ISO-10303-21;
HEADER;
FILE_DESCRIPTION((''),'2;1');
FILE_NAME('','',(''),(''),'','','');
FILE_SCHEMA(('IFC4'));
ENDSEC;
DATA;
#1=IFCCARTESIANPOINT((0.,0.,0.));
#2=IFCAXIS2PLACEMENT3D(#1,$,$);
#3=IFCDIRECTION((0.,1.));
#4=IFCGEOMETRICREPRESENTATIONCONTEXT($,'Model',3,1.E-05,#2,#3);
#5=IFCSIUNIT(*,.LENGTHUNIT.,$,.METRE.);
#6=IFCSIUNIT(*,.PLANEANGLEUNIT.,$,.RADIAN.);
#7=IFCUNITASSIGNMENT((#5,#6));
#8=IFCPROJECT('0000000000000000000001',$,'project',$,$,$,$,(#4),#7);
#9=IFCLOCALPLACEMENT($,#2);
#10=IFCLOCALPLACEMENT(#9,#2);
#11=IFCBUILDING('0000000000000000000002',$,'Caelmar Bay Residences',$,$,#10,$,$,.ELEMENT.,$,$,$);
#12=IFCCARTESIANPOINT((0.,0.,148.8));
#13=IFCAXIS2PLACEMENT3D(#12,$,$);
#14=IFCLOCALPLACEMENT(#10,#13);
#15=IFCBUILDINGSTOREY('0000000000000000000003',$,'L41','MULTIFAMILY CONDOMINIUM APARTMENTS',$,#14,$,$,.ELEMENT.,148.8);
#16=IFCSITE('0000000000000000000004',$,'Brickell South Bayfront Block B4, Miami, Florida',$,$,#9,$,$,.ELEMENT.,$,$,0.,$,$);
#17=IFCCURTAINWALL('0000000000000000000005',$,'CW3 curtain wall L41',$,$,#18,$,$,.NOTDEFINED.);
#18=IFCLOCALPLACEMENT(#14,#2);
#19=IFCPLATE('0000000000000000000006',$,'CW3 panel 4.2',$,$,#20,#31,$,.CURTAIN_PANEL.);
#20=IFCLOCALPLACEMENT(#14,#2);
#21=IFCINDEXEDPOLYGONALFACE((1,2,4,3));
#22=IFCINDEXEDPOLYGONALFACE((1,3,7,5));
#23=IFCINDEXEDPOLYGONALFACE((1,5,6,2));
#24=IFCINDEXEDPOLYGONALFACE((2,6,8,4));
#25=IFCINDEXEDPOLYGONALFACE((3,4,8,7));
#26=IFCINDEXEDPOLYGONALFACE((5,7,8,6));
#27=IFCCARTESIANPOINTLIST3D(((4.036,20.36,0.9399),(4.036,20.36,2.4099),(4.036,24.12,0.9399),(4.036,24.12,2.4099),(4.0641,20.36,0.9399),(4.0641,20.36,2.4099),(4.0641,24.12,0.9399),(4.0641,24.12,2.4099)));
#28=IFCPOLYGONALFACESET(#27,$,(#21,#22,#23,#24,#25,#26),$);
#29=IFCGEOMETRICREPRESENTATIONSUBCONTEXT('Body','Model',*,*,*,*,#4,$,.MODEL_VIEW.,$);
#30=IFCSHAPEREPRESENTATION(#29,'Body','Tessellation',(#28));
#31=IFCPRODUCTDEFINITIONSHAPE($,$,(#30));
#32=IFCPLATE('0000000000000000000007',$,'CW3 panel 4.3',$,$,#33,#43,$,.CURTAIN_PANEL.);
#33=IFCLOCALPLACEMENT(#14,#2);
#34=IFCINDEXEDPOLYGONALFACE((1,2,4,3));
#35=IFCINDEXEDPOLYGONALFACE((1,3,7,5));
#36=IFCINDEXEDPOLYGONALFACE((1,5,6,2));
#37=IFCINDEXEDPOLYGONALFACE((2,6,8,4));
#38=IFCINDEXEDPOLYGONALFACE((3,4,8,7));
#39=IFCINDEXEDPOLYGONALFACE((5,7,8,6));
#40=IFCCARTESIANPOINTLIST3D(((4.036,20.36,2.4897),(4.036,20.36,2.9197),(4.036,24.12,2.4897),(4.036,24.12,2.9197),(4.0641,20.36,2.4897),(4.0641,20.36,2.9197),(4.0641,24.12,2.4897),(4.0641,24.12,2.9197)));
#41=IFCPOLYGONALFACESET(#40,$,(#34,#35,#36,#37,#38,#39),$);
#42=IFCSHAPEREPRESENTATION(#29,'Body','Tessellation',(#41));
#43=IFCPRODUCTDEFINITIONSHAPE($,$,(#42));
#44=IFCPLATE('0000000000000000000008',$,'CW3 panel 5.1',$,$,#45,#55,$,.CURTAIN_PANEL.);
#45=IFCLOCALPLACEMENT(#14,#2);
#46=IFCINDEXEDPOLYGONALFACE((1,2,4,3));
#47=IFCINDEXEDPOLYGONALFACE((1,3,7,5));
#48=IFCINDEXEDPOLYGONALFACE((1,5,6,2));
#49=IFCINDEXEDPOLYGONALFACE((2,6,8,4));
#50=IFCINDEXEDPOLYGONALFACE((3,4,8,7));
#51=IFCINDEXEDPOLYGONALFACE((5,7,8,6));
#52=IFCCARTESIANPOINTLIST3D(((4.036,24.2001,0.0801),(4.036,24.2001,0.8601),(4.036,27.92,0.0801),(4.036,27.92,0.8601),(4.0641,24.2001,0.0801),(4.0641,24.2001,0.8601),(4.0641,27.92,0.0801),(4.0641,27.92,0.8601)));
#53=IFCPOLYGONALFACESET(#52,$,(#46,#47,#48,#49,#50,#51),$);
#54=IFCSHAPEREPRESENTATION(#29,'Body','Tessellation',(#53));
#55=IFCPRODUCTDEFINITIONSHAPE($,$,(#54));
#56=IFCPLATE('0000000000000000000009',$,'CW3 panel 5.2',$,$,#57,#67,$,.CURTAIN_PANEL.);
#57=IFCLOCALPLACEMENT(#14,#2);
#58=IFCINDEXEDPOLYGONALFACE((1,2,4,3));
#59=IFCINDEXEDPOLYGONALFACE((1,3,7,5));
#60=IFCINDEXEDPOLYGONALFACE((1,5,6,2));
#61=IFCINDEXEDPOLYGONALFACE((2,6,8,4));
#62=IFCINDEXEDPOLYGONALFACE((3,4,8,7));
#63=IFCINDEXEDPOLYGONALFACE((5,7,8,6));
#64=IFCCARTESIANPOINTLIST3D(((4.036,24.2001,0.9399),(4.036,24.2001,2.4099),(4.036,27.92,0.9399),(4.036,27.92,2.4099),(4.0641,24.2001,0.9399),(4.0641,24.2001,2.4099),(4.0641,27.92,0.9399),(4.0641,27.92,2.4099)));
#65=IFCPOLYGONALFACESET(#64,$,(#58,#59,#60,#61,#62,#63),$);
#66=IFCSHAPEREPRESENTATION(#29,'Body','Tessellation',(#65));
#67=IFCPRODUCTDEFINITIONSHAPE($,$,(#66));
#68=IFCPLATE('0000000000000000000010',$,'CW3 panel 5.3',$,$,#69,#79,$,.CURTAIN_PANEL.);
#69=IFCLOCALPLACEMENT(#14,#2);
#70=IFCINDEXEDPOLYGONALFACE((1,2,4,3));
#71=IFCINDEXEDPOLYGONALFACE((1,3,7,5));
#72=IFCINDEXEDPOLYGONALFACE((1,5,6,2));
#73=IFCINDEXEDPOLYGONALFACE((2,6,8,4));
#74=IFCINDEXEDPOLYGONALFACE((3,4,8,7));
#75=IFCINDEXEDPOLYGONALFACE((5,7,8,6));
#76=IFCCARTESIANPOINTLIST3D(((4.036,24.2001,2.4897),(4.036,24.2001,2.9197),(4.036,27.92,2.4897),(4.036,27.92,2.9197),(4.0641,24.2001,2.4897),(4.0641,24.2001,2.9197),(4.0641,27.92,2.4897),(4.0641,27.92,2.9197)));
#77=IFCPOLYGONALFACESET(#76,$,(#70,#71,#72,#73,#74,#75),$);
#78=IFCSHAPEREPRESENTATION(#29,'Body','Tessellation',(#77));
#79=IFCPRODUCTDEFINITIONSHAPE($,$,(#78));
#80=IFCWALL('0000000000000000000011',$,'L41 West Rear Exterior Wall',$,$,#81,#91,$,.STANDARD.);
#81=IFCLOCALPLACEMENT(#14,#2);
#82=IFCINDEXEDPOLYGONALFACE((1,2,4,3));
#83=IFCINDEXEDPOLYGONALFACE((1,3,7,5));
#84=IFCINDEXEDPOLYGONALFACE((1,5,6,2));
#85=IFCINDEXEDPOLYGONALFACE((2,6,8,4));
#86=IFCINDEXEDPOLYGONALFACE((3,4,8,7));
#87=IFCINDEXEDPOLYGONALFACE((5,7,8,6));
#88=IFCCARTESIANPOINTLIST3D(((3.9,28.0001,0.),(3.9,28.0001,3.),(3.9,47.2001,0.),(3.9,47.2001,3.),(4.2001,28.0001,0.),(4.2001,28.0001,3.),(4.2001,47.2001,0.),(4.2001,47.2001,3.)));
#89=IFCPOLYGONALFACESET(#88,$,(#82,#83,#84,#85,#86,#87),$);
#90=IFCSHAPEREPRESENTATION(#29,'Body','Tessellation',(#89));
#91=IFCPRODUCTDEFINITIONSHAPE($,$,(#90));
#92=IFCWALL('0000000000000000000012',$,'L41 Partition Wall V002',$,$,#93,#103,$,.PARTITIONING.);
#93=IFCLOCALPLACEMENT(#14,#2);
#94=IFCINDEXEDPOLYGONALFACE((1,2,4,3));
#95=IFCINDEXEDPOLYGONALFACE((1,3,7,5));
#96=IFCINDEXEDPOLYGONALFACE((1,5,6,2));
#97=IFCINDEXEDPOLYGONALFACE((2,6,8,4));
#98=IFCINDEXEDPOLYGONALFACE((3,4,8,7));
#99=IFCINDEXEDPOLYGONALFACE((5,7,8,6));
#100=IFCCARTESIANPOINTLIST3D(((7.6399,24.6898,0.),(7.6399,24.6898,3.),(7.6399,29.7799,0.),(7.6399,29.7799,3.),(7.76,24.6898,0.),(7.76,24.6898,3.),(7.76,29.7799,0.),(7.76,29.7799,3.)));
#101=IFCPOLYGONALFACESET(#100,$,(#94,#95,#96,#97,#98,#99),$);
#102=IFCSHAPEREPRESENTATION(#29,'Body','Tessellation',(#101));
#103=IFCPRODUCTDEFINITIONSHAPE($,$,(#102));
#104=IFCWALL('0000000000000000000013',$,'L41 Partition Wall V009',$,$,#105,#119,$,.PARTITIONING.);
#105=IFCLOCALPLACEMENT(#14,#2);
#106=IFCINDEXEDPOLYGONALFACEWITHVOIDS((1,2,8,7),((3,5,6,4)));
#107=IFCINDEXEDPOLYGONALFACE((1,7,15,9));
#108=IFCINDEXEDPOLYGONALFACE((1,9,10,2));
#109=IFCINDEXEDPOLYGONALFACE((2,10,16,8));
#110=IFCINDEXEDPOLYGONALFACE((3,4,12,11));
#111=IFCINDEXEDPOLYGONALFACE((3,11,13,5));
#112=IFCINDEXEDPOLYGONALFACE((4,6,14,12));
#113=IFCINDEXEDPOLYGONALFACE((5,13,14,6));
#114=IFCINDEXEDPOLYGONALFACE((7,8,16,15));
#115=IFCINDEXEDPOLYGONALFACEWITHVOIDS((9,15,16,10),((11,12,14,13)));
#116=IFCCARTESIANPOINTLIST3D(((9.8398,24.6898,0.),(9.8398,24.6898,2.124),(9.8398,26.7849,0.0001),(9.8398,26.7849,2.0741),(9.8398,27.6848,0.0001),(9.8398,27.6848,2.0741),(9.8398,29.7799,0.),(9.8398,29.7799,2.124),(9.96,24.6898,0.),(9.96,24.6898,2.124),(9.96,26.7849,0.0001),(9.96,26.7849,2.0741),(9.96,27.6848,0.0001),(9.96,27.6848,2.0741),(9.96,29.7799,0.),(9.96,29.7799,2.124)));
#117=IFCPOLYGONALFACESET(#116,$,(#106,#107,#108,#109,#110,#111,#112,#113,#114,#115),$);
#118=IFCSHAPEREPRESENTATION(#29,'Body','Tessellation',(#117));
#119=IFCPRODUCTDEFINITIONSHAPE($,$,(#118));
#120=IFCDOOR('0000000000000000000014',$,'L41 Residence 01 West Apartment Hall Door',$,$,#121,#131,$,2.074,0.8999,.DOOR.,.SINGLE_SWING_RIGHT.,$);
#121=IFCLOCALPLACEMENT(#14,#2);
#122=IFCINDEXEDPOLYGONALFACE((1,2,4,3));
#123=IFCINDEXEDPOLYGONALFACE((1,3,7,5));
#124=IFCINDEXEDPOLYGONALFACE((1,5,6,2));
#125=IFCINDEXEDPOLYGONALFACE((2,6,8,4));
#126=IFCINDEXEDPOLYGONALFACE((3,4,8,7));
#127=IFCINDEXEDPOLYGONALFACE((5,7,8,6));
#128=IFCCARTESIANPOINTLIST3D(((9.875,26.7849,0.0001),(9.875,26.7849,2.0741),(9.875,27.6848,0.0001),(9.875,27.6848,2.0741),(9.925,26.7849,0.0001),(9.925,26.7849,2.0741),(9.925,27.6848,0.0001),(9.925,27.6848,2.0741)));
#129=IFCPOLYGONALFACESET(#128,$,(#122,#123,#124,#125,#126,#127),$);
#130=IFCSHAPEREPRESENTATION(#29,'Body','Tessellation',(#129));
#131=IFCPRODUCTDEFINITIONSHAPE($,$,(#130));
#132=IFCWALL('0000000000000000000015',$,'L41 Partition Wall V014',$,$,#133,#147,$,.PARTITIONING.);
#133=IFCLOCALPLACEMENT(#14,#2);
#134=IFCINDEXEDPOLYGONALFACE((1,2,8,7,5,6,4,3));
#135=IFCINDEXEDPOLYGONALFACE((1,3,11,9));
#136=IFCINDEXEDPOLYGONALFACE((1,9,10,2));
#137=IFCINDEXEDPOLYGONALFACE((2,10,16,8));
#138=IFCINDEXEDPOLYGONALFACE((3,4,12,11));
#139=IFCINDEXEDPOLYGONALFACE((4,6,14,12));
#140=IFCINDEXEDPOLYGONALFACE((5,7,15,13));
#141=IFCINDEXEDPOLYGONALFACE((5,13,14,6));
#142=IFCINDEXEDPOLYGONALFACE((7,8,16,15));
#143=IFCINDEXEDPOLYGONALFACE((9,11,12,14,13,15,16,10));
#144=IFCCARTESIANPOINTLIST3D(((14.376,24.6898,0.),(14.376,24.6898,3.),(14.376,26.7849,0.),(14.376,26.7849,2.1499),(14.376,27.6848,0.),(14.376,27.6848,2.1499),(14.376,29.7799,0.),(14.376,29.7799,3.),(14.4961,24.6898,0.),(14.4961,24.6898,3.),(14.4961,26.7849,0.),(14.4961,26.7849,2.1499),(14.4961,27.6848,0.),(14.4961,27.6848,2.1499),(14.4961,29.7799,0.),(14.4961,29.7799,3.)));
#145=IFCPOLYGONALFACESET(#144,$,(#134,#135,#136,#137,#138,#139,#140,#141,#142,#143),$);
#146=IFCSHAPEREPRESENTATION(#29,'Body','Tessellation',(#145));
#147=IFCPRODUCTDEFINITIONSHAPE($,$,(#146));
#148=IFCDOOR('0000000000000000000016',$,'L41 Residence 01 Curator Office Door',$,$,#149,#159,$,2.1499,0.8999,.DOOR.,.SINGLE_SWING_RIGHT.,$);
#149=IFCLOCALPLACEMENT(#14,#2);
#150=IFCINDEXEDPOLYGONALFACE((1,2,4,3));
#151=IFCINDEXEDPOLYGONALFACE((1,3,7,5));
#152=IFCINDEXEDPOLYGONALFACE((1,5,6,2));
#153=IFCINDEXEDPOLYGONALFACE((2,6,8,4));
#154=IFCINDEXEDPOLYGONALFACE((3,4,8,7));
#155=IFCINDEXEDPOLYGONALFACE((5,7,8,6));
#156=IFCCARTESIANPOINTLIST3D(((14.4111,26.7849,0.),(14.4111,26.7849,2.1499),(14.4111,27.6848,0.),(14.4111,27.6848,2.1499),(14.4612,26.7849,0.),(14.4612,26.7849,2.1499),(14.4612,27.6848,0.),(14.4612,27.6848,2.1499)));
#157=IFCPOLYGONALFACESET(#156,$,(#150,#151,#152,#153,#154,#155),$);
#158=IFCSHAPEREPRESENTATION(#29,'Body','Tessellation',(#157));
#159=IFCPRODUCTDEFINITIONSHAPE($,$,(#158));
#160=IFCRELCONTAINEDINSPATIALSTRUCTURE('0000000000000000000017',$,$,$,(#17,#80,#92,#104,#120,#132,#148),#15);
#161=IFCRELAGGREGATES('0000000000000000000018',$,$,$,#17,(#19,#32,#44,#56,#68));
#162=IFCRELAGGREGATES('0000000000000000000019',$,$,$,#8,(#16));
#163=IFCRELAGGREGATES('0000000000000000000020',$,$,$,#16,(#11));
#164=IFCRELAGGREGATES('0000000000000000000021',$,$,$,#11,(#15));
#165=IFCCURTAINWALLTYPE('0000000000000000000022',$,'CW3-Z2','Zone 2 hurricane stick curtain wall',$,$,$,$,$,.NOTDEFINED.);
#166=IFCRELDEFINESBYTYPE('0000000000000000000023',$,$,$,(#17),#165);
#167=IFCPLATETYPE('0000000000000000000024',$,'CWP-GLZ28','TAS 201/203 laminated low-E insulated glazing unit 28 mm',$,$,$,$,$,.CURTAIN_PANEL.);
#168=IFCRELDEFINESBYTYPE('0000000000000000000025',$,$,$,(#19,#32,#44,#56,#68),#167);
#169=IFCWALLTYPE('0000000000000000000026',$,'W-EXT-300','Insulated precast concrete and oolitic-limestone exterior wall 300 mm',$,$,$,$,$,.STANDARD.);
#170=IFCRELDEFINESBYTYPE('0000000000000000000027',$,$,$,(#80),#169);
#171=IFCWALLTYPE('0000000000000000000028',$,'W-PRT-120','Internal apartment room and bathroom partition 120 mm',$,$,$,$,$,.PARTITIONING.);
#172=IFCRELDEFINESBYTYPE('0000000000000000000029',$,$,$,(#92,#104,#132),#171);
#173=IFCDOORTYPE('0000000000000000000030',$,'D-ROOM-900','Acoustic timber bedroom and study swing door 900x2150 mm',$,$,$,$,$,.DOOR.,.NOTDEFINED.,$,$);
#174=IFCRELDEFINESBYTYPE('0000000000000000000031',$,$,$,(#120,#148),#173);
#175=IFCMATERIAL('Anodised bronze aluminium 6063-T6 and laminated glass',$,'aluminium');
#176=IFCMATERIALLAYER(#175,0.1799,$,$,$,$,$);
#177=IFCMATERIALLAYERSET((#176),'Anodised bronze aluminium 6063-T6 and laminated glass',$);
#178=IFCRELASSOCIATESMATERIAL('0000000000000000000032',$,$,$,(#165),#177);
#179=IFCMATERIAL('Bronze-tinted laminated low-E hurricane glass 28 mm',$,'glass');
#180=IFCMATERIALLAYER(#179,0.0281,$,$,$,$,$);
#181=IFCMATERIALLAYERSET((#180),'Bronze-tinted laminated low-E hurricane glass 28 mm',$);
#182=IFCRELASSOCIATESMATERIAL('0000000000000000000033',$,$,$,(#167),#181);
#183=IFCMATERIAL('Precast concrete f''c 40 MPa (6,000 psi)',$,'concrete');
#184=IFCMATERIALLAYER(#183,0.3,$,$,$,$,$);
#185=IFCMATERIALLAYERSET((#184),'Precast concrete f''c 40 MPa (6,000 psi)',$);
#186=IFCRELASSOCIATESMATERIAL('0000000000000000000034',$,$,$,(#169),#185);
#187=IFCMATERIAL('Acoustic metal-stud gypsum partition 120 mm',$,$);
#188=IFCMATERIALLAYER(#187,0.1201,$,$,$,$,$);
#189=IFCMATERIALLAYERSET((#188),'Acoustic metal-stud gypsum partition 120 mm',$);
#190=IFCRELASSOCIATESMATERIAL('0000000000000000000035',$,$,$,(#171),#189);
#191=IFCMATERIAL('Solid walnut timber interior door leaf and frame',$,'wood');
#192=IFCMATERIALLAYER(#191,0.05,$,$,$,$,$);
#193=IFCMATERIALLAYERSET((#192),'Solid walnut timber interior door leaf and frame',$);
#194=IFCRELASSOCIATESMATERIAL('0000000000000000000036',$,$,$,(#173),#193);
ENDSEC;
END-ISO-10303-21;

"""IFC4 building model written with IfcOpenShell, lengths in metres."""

from ifc_helpers import new_model, si_unit, direction, frame, frame_2d, origin, origin_2d, place, context, subcontext, project, spatial, rectangle, extrude, material, layer, layer_set, type_object, element, fill, aggregate, save


model = new_model("IFC4")

# Units and contexts
model_context = context("Model", 3, precision=1e-05, world=origin(), true_north=direction((0.0, 1.0)))
body_context = subcontext(model_context, "Body", "Model", "MODEL_VIEW")
ifc_project = project(units=[si_unit("LENGTHUNIT", "METRE"), si_unit("PLANEANGLEUNIT", "RADIAN")], contexts=[model_context])

# Site, building, storey
site_placement = place(None, origin())
site = spatial("IfcSite", under=ifc_project, at=site_placement, Name="Brickell South Bayfront Block B4, Miami, Florida", CompositionType="ELEMENT", RefElevation=0.0)
building_placement = place(site_placement, origin())
building = spatial("IfcBuilding", under=site, at=building_placement, Name="Caelmar Bay Residences", CompositionType="ELEMENT")
storey_placement = place(building_placement, frame((0.0, 0.0, 148.8)))
storey = spatial("IfcBuildingStorey", under=building, at=storey_placement, Name="L41", Description="MULTIFAMILY CONDOMINIUM APARTMENTS", CompositionType="ELEMENT", Elevation=148.8)

# Curtain wall, plates
ifc_material_1 = material(Name="Anodised bronze aluminium 6063-T6 and laminated glass", Category="aluminium")
ifc_layer_1 = layer(ifc_material_1, 0.1799)
ifc_layer_set_1 = layer_set([ifc_layer_1], Name="Anodised bronze aluminium 6063-T6 and laminated glass")
curtain_wall_type = type_object("IfcCurtainWallType", Name="CW3-Z2", Description="Zone 2 hurricane stick curtain wall", PredefinedType="NOTDEFINED", material=ifc_layer_set_1)
curtain_wall_placement = place(storey_placement, origin())
curtain_wall = element("IfcCurtainWall", 1, at=curtain_wall_placement, inside=storey, type_object=curtain_wall_type, Name="CW3 curtain wall L41", PredefinedType="NOTDEFINED")
ifc_material_2 = material(Name="Bronze-tinted laminated low-E hurricane glass 28 mm", Category="glass")
ifc_layer_2 = layer(ifc_material_2, 0.0281)
ifc_layer_set_2 = layer_set([ifc_layer_2], Name="Bronze-tinted laminated low-E hurricane glass 28 mm")
plate_type = type_object("IfcPlateType", Name="CWP-GLZ28", Description="TAS 201/203 laminated low-E insulated glazing unit 28 mm", PredefinedType="CURTAIN_PANEL", material=ifc_layer_set_2)
plate_1_placement = place(storey_placement, frame((4.05, 22.24, 0.9399), z_axis=(0.0, 0.0, 1.0), x_axis=(0.0, 1.0, 0.0)))
plate_1 = element("IfcPlate", 2, at=plate_1_placement, type_object=plate_type, Name="CW3 panel 4.2", PredefinedType="CURTAIN_PANEL", context=body_context, shape_type="SweptSolid", body=[
    extrude(rectangle(XDim=3.76, YDim=0.0281, at=origin_2d()), origin(), (0.0, 0.0, 1.0), 1.47),
])
plate_2_placement = place(storey_placement, frame((4.05, 22.24, 2.4897), z_axis=(0.0, 0.0, 1.0), x_axis=(0.0, 1.0, 0.0)))
plate_2 = element("IfcPlate", 3, at=plate_2_placement, type_object=plate_type, Name="CW3 panel 4.3", PredefinedType="CURTAIN_PANEL", context=body_context, shape_type="SweptSolid", body=[
    extrude(rectangle(XDim=3.76, YDim=0.0281, at=origin_2d()), origin(), (0.0, 0.0, 1.0), 0.4299),
])
plate_3_placement = place(storey_placement, frame((4.05, 26.0601, 0.0801), z_axis=(0.0, 0.0, 1.0), x_axis=(0.0, 1.0, 0.0)))
plate_3 = element("IfcPlate", 4, at=plate_3_placement, type_object=plate_type, Name="CW3 panel 5.1", PredefinedType="CURTAIN_PANEL", context=body_context, shape_type="SweptSolid", body=[
    extrude(rectangle(XDim=3.72, YDim=0.0281, at=origin_2d()), origin(), (0.0, 0.0, 1.0), 0.78),
])
plate_4_placement = place(storey_placement, frame((4.05, 26.0601, 0.9399), z_axis=(0.0, 0.0, 1.0), x_axis=(0.0, 1.0, 0.0)))
plate_4 = element("IfcPlate", 5, at=plate_4_placement, type_object=plate_type, Name="CW3 panel 5.2", PredefinedType="CURTAIN_PANEL", context=body_context, shape_type="SweptSolid", body=[
    extrude(rectangle(XDim=3.72, YDim=0.0281, at=origin_2d()), origin(), (0.0, 0.0, 1.0), 1.47),
])
plate_5_placement = place(storey_placement, frame((4.05, 26.0601, 2.4897), z_axis=(0.0, 0.0, 1.0), x_axis=(0.0, 1.0, 0.0)))
plate_5 = element("IfcPlate", 6, at=plate_5_placement, type_object=plate_type, Name="CW3 panel 5.3", PredefinedType="CURTAIN_PANEL", context=body_context, shape_type="SweptSolid", body=[
    extrude(rectangle(XDim=3.72, YDim=0.0281, at=origin_2d()), origin(), (0.0, 0.0, 1.0), 0.4299),
])
aggregate(curtain_wall, [plate_1, plate_2, plate_3, plate_4, plate_5])

# Walls
ifc_material_3 = material(Name="Precast concrete f'c 40 MPa (6,000 psi)", Category="concrete")
ifc_layer_3 = layer(ifc_material_3, 0.3)
ifc_layer_set_3 = layer_set([ifc_layer_3], Name="Precast concrete f'c 40 MPa (6,000 psi)")
wall_type_1 = type_object("IfcWallType", Name="W-EXT-300", Description="Insulated precast concrete and oolitic-limestone exterior wall 300 mm", PredefinedType="STANDARD", material=ifc_layer_set_3)
wall_1_placement = place(storey_placement, frame((4.05, 28.0, 0.0), z_axis=(0.0, 0.0, 1.0), x_axis=(0.0, 1.0, 0.0)))
element("IfcWall", 7, at=wall_1_placement, inside=storey, type_object=wall_type_1, Name="L41 West Rear Exterior Wall", PredefinedType="STANDARD", context=body_context, shape_type="SweptSolid", body=[
    extrude(rectangle(XDim=19.2, YDim=0.3, at=frame_2d((9.6001, 0.0))), origin(), (0.0, 0.0, 1.0), 3.0),
])
ifc_material_4 = material(Name="Acoustic metal-stud gypsum partition 120 mm")
ifc_layer_4 = layer(ifc_material_4, 0.1201)
ifc_layer_set_4 = layer_set([ifc_layer_4], Name="Acoustic metal-stud gypsum partition 120 mm")
wall_type_2 = type_object("IfcWallType", Name="W-PRT-120", Description="Internal apartment room and bathroom partition 120 mm", PredefinedType="PARTITIONING", material=ifc_layer_set_4)
wall_2_placement = place(storey_placement, frame((7.7, 24.6899, 0.0), z_axis=(0.0, 0.0, 1.0), x_axis=(0.0, 1.0, 0.0)))
element("IfcWall", 8, at=wall_2_placement, inside=storey, type_object=wall_type_2, Name="L41 Partition Wall V002", PredefinedType="PARTITIONING", context=body_context, shape_type="SweptSolid", body=[
    extrude(rectangle(XDim=5.0901, YDim=0.1201, at=frame_2d((2.5449, 0.0))), origin(), (0.0, 0.0, 1.0), 3.0),
])

# Walls, openings, doors
wall_3_placement = place(storey_placement, frame((9.8999, 24.6899, 0.0), z_axis=(0.0, 0.0, 1.0), x_axis=(0.0, 1.0, 0.0)))
wall_3 = element("IfcWall", 9, at=wall_3_placement, inside=storey, type_object=wall_type_2, Name="L41 Partition Wall V009", PredefinedType="PARTITIONING", context=body_context, shape_type="SweptSolid", body=[
    extrude(rectangle(XDim=5.0901, YDim=0.1201, at=frame_2d((2.5449, 0.0))), origin(), (0.0, 0.0, 1.0), 2.124),
])
opening_1_placement = place(wall_3_placement, frame((2.095, 0.0, 0.0)))
opening_1 = element("IfcOpeningElement", 10, at=opening_1_placement, cuts=wall_3, PredefinedType="OPENING", context=body_context, shape_type="SweptSolid", body=[
    extrude(rectangle(XDim=0.8999, YDim=2.074, at=frame_2d((0.45, 1.0371))), frame((0.0, 0.0701, 0.0), z_axis=(0.0, -1.0, 0.0), x_axis=(1.0, 0.0, 0.0)), (0.0, 0.0, 1.0), 0.1401),
])
ifc_material_5 = material(Name="Solid walnut timber interior door leaf and frame", Category="wood")
ifc_layer_5 = layer(ifc_material_5, 0.05)
ifc_layer_set_5 = layer_set([ifc_layer_5], Name="Solid walnut timber interior door leaf and frame")
door_type = type_object("IfcDoorType", Name="D-ROOM-900", Description="Acoustic timber bedroom and study swing door 900x2150 mm", OperationType="NOTDEFINED", PredefinedType="DOOR", material=ifc_layer_set_5)
door_1_placement = place(opening_1_placement, origin())
door_1 = element("IfcDoor", 11, at=door_1_placement, inside=storey, type_object=door_type, Name="L41 Residence 01 West Apartment Hall Door", OperationType="SINGLE_SWING_RIGHT", OverallHeight=2.074, OverallWidth=0.8999, PredefinedType="DOOR", context=body_context, shape_type="SweptSolid", body=[
    extrude(rectangle(XDim=0.8999, YDim=2.074, at=frame_2d((0.45, 1.0371))), frame((0.0, 0.0249, 0.0), z_axis=(0.0, -1.0, 0.0), x_axis=(1.0, 0.0, 0.0)), (0.0, 0.0, 1.0), 0.05),
])
fill(opening_1, door_1)
wall_4_placement = place(storey_placement, frame((14.436, 24.6899, 0.0), z_axis=(0.0, 0.0, 1.0), x_axis=(0.0, 1.0, 0.0)))
wall_4 = element("IfcWall", 12, at=wall_4_placement, inside=storey, type_object=wall_type_2, Name="L41 Partition Wall V014", PredefinedType="PARTITIONING", context=body_context, shape_type="SweptSolid", body=[
    extrude(rectangle(XDim=5.0901, YDim=0.1201, at=frame_2d((2.5449, 0.0))), origin(), (0.0, 0.0, 1.0), 3.0),
])
opening_2_placement = place(wall_4_placement, frame((2.095, 0.0, 0.0)))
opening_2 = element("IfcOpeningElement", 13, at=opening_2_placement, cuts=wall_4, PredefinedType="OPENING", context=body_context, shape_type="SweptSolid", body=[
    extrude(rectangle(XDim=0.8999, YDim=2.1499, at=frame_2d((0.45, 1.075))), frame((0.0, 0.0701, 0.0), z_axis=(0.0, -1.0, 0.0), x_axis=(1.0, 0.0, 0.0)), (0.0, 0.0, 1.0), 0.1401),
])
door_2_placement = place(opening_2_placement, origin())
door_2 = element("IfcDoor", 14, at=door_2_placement, inside=storey, type_object=door_type, Name="L41 Residence 01 Curator Office Door", OperationType="SINGLE_SWING_RIGHT", OverallHeight=2.1499, OverallWidth=0.8999, PredefinedType="DOOR", context=body_context, shape_type="SweptSolid", body=[
    extrude(rectangle(XDim=0.8999, YDim=2.1499, at=frame_2d((0.45, 1.075))), frame((0.0, 0.0249, 0.0), z_axis=(0.0, -1.0, 0.0), x_axis=(1.0, 0.0, 0.0)), (0.0, 0.0, 1.0), 0.05),
])
fill(opening_2, door_2)

save(model, "model.ifc")
